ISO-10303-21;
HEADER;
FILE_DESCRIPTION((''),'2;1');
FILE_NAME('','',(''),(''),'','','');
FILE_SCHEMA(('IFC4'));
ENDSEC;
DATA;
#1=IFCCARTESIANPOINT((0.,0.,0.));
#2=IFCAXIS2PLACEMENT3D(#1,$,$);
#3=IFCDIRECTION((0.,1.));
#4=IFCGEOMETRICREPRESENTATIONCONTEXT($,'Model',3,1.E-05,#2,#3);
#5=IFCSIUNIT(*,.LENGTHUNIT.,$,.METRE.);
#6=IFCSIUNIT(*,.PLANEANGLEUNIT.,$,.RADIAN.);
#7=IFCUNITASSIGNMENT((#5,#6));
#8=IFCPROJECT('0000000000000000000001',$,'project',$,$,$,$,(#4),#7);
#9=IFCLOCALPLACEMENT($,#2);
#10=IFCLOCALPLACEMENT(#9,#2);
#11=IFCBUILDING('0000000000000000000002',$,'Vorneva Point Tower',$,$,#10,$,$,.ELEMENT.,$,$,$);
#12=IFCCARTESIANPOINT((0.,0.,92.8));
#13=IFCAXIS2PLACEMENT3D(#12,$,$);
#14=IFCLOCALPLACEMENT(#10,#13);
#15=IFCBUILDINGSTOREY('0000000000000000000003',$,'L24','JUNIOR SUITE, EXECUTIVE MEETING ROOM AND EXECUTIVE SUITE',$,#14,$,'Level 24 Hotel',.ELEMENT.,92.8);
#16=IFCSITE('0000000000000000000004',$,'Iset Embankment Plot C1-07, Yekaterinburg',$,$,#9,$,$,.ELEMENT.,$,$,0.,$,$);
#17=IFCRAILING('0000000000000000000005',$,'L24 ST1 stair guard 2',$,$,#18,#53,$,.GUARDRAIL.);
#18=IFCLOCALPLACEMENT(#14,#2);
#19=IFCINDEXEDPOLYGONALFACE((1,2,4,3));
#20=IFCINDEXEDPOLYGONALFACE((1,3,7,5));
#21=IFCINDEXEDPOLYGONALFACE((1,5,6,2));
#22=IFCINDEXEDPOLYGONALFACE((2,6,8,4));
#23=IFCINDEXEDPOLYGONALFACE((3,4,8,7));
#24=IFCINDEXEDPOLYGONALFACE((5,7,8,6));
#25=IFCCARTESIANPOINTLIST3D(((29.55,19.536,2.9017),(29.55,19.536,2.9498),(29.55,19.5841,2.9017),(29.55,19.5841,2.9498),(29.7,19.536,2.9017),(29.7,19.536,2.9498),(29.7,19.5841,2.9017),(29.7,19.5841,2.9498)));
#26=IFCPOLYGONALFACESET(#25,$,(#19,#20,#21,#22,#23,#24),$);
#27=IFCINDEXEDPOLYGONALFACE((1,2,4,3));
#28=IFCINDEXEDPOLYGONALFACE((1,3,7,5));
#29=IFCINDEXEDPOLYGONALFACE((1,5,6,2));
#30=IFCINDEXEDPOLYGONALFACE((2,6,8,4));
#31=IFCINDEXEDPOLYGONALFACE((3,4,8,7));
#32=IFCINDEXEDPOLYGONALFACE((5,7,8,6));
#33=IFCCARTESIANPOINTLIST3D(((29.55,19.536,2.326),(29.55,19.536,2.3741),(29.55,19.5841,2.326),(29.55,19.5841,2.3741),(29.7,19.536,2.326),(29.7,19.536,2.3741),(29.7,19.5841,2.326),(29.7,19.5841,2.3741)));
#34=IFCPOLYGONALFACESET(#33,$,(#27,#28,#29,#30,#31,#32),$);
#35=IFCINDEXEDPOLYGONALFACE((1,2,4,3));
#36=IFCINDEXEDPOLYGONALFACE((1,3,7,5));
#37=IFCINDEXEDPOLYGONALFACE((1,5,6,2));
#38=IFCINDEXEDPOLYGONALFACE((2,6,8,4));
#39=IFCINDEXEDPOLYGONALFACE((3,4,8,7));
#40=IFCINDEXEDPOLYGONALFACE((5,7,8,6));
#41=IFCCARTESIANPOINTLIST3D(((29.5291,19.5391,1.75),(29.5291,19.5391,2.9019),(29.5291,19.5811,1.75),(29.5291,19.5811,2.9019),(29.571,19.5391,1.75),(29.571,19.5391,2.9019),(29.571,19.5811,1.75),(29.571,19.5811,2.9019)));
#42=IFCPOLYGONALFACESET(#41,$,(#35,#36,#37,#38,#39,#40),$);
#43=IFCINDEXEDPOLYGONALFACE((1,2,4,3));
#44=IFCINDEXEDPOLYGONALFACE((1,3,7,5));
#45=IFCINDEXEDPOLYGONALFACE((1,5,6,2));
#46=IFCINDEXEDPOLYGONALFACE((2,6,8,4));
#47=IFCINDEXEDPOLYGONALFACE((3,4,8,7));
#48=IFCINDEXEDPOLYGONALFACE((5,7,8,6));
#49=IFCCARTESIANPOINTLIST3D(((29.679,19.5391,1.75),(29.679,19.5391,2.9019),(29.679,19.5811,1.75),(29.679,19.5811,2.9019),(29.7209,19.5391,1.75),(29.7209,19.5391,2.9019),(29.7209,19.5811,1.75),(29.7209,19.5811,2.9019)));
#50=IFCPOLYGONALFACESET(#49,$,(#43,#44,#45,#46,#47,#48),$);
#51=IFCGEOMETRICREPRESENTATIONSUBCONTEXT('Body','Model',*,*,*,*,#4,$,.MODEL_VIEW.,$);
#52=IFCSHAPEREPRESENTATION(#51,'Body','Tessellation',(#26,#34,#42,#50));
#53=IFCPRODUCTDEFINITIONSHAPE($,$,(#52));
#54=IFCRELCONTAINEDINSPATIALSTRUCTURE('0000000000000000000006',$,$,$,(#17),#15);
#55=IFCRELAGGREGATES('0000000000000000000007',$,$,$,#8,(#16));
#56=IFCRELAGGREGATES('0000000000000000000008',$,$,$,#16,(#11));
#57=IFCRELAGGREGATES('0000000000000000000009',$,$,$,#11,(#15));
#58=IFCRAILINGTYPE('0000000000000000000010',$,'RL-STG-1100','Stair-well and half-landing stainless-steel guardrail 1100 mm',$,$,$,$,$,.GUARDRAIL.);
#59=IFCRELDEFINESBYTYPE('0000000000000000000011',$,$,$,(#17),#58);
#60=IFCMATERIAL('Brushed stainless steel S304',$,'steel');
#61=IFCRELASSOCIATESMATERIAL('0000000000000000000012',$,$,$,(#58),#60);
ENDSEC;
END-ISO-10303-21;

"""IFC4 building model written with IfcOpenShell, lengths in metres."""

from ifc_helpers import new_model, si_unit, direction, frame, origin, origin_2d, place, context, subcontext, project, spatial, rectangle, extrude, material, type_object, element, save


model = new_model("IFC4")

# Units and contexts
model_context = context("Model", 3, precision=1e-05, world=origin(), true_north=direction((0.0, 1.0)))
body_context = subcontext(model_context, "Body", "Model", "MODEL_VIEW")
ifc_project = project(units=[si_unit("LENGTHUNIT", "METRE"), si_unit("PLANEANGLEUNIT", "RADIAN")], contexts=[model_context])

# Site, building, storey
site_placement = place(None, origin())
site = spatial("IfcSite", under=ifc_project, at=site_placement, Name="Iset Embankment Plot C1-07, Yekaterinburg", CompositionType="ELEMENT", RefElevation=0.0)
building_placement = place(site_placement, origin())
building = spatial("IfcBuilding", under=site, at=building_placement, Name="Vorneva Point Tower", CompositionType="ELEMENT")
storey_placement = place(building_placement, frame((0.0, 0.0, 92.8)))
storey = spatial("IfcBuildingStorey", under=building, at=storey_placement, Name="L24", Description="JUNIOR SUITE, EXECUTIVE MEETING ROOM AND EXECUTIVE SUITE", LongName="Level 24 Hotel", CompositionType="ELEMENT", Elevation=92.8)

# Railing
ifc_material_1 = material(Name="Brushed stainless steel S304", Category="steel")
railing_type = type_object("IfcRailingType", Name="RL-STG-1100", Description="Stair-well and half-landing stainless-steel guardrail 1100 mm", PredefinedType="GUARDRAIL", material=ifc_material_1)
railing_placement = place(storey_placement, frame((29.55, 19.5601, 1.75)))
element("IfcRailing", 1, at=railing_placement, inside=storey, type_object=railing_type, Name="L24 ST1 stair guard 2", PredefinedType="GUARDRAIL", context=body_context, shape_type="SweptSolid", body=[
    extrude(rectangle(XDim=0.0481, YDim=0.0481, at=origin_2d()), frame((0.0, 0.0, 1.1758), z_axis=(1.0, 0.0, 0.0), x_axis=(0.0, 1.0, 0.0)), (0.0, 0.0, 1.0), 0.1499),
    extrude(rectangle(XDim=0.0481, YDim=0.0481, at=origin_2d()), frame((0.0, 0.0, 0.6001), z_axis=(1.0, 0.0, 0.0), x_axis=(0.0, 1.0, 0.0)), (0.0, 0.0, 1.0), 0.1499),
    extrude(rectangle(XDim=0.042, YDim=0.042, at=origin_2d()), origin(), (0.0, 0.0, 1.0), 1.1519),
    extrude(rectangle(XDim=0.042, YDim=0.042, at=origin_2d()), frame((0.1499, 0.0, 0.0)), (0.0, 0.0, 1.0), 1.1519),
])

save(model, "model.ifc")
